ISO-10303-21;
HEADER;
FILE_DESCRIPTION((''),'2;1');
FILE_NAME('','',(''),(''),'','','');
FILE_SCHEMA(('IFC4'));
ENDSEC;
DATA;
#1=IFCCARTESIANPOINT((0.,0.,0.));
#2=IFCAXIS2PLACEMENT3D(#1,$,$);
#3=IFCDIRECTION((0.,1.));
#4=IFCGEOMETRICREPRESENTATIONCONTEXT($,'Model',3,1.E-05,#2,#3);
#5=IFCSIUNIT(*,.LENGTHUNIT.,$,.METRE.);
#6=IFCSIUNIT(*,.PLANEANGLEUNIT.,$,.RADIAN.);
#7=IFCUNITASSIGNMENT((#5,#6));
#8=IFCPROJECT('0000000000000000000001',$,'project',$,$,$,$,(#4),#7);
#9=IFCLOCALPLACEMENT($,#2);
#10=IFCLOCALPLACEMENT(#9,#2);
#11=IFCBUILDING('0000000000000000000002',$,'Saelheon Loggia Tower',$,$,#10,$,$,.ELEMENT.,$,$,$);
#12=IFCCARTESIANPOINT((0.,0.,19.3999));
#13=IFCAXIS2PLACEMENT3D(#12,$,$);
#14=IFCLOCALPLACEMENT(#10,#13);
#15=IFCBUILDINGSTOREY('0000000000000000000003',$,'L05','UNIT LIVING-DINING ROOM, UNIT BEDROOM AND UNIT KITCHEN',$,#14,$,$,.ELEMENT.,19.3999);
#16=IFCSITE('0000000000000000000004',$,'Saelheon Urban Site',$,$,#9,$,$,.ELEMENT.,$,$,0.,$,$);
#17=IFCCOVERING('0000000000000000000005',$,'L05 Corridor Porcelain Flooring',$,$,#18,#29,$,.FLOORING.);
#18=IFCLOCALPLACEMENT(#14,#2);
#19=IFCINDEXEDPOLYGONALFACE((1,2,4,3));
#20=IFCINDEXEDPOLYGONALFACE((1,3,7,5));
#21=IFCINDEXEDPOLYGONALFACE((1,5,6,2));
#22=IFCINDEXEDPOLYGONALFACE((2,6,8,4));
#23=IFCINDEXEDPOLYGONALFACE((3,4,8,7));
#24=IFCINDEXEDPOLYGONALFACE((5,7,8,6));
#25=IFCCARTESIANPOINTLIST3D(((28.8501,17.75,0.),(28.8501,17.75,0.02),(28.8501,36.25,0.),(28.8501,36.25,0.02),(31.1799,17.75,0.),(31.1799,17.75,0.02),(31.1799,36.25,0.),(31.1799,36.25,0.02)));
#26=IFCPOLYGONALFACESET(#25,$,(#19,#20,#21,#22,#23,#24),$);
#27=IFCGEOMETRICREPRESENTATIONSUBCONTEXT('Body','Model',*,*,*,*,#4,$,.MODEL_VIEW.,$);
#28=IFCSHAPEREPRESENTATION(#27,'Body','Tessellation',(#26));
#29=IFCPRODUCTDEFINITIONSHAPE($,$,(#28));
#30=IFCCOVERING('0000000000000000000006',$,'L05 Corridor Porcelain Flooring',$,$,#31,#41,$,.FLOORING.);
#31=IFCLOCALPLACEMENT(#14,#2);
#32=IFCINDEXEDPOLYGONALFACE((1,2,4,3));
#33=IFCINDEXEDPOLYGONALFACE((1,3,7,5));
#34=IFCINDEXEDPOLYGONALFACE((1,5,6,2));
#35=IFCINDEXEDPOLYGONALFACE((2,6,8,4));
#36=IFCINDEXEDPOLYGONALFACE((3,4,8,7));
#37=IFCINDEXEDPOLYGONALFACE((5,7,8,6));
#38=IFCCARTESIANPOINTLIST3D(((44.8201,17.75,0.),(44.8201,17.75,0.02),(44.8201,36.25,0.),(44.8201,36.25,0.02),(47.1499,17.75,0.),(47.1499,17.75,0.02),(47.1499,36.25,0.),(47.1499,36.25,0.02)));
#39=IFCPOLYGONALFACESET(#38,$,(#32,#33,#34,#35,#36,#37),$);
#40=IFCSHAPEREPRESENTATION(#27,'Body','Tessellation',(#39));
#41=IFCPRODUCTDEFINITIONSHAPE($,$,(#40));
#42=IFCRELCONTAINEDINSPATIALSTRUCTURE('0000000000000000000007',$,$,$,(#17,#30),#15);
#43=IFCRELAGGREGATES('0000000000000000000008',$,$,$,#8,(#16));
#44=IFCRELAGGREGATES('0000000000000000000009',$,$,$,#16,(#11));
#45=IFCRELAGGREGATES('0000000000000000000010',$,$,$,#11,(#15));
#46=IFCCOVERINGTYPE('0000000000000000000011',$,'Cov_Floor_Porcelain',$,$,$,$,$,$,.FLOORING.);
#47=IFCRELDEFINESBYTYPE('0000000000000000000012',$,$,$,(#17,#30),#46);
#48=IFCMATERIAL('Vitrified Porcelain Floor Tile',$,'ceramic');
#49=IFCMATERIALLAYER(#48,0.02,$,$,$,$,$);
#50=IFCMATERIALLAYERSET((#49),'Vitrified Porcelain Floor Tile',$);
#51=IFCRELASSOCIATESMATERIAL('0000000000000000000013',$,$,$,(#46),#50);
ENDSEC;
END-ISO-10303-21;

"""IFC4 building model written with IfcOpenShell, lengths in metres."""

from ifc_helpers import new_model, si_unit, direction, frame, origin, place, context, subcontext, project, spatial, polyline, outline, extrude, material, layer, layer_set, type_object, element, save


model = new_model("IFC4")

# Units and contexts
model_context = context("Model", 3, precision=1e-05, world=origin(), true_north=direction((0.0, 1.0)))
body_context = subcontext(model_context, "Body", "Model", "MODEL_VIEW")
ifc_project = project(units=[si_unit("LENGTHUNIT", "METRE"), si_unit("PLANEANGLEUNIT", "RADIAN")], contexts=[model_context])

# Site, building, storey
site_placement = place(None, origin())
site = spatial("IfcSite", under=ifc_project, at=site_placement, Name="Saelheon Urban Site", CompositionType="ELEMENT", RefElevation=0.0)
building_placement = place(site_placement, origin())
building = spatial("IfcBuilding", under=site, at=building_placement, Name="Saelheon Loggia Tower", CompositionType="ELEMENT")
storey_placement = place(building_placement, frame((0.0, 0.0, 19.3999)))
storey = spatial("IfcBuildingStorey", under=building, at=storey_placement, Name="L05", Description="UNIT LIVING-DINING ROOM, UNIT BEDROOM AND UNIT KITCHEN", CompositionType="ELEMENT", Elevation=19.3999)

# Coverings
ifc_material_1 = material(Name="Vitrified Porcelain Floor Tile", Category="ceramic")
ifc_layer_1 = layer(ifc_material_1, 0.02)
ifc_layer_set_1 = layer_set([ifc_layer_1], Name="Vitrified Porcelain Floor Tile")
covering_type_1 = type_object("IfcCoveringType", Name="Cov_Floor_Porcelain", PredefinedType="FLOORING", material=ifc_layer_set_1)
covering_1_placement = place(storey_placement, origin())
element("IfcCovering", 1, at=covering_1_placement, inside=storey, type_object=covering_type_1, Name="L05 Corridor Porcelain Flooring", PredefinedType="FLOORING", context=body_context, shape_type="SweptSolid", body=[
    extrude(outline(polyline([(28.8501, 17.75), (31.1799, 17.75), (31.1799, 36.25), (28.8501, 36.25), (28.8501, 17.75)])), origin(), (0.0, 0.0, 1.0), 0.02),
])
covering_2_placement = place(storey_placement, origin())
element("IfcCovering", 2, at=covering_2_placement, inside=storey, type_object=covering_type_1, Name="L05 Corridor Porcelain Flooring", PredefinedType="FLOORING", context=body_context, shape_type="SweptSolid", body=[
    extrude(outline(polyline([(44.8201, 17.75), (47.1499, 17.75), (47.1499, 36.25), (44.8201, 36.25), (44.8201, 17.75)])), origin(), (0.0, 0.0, 1.0), 0.02),
])

save(model, "model.ifc")
